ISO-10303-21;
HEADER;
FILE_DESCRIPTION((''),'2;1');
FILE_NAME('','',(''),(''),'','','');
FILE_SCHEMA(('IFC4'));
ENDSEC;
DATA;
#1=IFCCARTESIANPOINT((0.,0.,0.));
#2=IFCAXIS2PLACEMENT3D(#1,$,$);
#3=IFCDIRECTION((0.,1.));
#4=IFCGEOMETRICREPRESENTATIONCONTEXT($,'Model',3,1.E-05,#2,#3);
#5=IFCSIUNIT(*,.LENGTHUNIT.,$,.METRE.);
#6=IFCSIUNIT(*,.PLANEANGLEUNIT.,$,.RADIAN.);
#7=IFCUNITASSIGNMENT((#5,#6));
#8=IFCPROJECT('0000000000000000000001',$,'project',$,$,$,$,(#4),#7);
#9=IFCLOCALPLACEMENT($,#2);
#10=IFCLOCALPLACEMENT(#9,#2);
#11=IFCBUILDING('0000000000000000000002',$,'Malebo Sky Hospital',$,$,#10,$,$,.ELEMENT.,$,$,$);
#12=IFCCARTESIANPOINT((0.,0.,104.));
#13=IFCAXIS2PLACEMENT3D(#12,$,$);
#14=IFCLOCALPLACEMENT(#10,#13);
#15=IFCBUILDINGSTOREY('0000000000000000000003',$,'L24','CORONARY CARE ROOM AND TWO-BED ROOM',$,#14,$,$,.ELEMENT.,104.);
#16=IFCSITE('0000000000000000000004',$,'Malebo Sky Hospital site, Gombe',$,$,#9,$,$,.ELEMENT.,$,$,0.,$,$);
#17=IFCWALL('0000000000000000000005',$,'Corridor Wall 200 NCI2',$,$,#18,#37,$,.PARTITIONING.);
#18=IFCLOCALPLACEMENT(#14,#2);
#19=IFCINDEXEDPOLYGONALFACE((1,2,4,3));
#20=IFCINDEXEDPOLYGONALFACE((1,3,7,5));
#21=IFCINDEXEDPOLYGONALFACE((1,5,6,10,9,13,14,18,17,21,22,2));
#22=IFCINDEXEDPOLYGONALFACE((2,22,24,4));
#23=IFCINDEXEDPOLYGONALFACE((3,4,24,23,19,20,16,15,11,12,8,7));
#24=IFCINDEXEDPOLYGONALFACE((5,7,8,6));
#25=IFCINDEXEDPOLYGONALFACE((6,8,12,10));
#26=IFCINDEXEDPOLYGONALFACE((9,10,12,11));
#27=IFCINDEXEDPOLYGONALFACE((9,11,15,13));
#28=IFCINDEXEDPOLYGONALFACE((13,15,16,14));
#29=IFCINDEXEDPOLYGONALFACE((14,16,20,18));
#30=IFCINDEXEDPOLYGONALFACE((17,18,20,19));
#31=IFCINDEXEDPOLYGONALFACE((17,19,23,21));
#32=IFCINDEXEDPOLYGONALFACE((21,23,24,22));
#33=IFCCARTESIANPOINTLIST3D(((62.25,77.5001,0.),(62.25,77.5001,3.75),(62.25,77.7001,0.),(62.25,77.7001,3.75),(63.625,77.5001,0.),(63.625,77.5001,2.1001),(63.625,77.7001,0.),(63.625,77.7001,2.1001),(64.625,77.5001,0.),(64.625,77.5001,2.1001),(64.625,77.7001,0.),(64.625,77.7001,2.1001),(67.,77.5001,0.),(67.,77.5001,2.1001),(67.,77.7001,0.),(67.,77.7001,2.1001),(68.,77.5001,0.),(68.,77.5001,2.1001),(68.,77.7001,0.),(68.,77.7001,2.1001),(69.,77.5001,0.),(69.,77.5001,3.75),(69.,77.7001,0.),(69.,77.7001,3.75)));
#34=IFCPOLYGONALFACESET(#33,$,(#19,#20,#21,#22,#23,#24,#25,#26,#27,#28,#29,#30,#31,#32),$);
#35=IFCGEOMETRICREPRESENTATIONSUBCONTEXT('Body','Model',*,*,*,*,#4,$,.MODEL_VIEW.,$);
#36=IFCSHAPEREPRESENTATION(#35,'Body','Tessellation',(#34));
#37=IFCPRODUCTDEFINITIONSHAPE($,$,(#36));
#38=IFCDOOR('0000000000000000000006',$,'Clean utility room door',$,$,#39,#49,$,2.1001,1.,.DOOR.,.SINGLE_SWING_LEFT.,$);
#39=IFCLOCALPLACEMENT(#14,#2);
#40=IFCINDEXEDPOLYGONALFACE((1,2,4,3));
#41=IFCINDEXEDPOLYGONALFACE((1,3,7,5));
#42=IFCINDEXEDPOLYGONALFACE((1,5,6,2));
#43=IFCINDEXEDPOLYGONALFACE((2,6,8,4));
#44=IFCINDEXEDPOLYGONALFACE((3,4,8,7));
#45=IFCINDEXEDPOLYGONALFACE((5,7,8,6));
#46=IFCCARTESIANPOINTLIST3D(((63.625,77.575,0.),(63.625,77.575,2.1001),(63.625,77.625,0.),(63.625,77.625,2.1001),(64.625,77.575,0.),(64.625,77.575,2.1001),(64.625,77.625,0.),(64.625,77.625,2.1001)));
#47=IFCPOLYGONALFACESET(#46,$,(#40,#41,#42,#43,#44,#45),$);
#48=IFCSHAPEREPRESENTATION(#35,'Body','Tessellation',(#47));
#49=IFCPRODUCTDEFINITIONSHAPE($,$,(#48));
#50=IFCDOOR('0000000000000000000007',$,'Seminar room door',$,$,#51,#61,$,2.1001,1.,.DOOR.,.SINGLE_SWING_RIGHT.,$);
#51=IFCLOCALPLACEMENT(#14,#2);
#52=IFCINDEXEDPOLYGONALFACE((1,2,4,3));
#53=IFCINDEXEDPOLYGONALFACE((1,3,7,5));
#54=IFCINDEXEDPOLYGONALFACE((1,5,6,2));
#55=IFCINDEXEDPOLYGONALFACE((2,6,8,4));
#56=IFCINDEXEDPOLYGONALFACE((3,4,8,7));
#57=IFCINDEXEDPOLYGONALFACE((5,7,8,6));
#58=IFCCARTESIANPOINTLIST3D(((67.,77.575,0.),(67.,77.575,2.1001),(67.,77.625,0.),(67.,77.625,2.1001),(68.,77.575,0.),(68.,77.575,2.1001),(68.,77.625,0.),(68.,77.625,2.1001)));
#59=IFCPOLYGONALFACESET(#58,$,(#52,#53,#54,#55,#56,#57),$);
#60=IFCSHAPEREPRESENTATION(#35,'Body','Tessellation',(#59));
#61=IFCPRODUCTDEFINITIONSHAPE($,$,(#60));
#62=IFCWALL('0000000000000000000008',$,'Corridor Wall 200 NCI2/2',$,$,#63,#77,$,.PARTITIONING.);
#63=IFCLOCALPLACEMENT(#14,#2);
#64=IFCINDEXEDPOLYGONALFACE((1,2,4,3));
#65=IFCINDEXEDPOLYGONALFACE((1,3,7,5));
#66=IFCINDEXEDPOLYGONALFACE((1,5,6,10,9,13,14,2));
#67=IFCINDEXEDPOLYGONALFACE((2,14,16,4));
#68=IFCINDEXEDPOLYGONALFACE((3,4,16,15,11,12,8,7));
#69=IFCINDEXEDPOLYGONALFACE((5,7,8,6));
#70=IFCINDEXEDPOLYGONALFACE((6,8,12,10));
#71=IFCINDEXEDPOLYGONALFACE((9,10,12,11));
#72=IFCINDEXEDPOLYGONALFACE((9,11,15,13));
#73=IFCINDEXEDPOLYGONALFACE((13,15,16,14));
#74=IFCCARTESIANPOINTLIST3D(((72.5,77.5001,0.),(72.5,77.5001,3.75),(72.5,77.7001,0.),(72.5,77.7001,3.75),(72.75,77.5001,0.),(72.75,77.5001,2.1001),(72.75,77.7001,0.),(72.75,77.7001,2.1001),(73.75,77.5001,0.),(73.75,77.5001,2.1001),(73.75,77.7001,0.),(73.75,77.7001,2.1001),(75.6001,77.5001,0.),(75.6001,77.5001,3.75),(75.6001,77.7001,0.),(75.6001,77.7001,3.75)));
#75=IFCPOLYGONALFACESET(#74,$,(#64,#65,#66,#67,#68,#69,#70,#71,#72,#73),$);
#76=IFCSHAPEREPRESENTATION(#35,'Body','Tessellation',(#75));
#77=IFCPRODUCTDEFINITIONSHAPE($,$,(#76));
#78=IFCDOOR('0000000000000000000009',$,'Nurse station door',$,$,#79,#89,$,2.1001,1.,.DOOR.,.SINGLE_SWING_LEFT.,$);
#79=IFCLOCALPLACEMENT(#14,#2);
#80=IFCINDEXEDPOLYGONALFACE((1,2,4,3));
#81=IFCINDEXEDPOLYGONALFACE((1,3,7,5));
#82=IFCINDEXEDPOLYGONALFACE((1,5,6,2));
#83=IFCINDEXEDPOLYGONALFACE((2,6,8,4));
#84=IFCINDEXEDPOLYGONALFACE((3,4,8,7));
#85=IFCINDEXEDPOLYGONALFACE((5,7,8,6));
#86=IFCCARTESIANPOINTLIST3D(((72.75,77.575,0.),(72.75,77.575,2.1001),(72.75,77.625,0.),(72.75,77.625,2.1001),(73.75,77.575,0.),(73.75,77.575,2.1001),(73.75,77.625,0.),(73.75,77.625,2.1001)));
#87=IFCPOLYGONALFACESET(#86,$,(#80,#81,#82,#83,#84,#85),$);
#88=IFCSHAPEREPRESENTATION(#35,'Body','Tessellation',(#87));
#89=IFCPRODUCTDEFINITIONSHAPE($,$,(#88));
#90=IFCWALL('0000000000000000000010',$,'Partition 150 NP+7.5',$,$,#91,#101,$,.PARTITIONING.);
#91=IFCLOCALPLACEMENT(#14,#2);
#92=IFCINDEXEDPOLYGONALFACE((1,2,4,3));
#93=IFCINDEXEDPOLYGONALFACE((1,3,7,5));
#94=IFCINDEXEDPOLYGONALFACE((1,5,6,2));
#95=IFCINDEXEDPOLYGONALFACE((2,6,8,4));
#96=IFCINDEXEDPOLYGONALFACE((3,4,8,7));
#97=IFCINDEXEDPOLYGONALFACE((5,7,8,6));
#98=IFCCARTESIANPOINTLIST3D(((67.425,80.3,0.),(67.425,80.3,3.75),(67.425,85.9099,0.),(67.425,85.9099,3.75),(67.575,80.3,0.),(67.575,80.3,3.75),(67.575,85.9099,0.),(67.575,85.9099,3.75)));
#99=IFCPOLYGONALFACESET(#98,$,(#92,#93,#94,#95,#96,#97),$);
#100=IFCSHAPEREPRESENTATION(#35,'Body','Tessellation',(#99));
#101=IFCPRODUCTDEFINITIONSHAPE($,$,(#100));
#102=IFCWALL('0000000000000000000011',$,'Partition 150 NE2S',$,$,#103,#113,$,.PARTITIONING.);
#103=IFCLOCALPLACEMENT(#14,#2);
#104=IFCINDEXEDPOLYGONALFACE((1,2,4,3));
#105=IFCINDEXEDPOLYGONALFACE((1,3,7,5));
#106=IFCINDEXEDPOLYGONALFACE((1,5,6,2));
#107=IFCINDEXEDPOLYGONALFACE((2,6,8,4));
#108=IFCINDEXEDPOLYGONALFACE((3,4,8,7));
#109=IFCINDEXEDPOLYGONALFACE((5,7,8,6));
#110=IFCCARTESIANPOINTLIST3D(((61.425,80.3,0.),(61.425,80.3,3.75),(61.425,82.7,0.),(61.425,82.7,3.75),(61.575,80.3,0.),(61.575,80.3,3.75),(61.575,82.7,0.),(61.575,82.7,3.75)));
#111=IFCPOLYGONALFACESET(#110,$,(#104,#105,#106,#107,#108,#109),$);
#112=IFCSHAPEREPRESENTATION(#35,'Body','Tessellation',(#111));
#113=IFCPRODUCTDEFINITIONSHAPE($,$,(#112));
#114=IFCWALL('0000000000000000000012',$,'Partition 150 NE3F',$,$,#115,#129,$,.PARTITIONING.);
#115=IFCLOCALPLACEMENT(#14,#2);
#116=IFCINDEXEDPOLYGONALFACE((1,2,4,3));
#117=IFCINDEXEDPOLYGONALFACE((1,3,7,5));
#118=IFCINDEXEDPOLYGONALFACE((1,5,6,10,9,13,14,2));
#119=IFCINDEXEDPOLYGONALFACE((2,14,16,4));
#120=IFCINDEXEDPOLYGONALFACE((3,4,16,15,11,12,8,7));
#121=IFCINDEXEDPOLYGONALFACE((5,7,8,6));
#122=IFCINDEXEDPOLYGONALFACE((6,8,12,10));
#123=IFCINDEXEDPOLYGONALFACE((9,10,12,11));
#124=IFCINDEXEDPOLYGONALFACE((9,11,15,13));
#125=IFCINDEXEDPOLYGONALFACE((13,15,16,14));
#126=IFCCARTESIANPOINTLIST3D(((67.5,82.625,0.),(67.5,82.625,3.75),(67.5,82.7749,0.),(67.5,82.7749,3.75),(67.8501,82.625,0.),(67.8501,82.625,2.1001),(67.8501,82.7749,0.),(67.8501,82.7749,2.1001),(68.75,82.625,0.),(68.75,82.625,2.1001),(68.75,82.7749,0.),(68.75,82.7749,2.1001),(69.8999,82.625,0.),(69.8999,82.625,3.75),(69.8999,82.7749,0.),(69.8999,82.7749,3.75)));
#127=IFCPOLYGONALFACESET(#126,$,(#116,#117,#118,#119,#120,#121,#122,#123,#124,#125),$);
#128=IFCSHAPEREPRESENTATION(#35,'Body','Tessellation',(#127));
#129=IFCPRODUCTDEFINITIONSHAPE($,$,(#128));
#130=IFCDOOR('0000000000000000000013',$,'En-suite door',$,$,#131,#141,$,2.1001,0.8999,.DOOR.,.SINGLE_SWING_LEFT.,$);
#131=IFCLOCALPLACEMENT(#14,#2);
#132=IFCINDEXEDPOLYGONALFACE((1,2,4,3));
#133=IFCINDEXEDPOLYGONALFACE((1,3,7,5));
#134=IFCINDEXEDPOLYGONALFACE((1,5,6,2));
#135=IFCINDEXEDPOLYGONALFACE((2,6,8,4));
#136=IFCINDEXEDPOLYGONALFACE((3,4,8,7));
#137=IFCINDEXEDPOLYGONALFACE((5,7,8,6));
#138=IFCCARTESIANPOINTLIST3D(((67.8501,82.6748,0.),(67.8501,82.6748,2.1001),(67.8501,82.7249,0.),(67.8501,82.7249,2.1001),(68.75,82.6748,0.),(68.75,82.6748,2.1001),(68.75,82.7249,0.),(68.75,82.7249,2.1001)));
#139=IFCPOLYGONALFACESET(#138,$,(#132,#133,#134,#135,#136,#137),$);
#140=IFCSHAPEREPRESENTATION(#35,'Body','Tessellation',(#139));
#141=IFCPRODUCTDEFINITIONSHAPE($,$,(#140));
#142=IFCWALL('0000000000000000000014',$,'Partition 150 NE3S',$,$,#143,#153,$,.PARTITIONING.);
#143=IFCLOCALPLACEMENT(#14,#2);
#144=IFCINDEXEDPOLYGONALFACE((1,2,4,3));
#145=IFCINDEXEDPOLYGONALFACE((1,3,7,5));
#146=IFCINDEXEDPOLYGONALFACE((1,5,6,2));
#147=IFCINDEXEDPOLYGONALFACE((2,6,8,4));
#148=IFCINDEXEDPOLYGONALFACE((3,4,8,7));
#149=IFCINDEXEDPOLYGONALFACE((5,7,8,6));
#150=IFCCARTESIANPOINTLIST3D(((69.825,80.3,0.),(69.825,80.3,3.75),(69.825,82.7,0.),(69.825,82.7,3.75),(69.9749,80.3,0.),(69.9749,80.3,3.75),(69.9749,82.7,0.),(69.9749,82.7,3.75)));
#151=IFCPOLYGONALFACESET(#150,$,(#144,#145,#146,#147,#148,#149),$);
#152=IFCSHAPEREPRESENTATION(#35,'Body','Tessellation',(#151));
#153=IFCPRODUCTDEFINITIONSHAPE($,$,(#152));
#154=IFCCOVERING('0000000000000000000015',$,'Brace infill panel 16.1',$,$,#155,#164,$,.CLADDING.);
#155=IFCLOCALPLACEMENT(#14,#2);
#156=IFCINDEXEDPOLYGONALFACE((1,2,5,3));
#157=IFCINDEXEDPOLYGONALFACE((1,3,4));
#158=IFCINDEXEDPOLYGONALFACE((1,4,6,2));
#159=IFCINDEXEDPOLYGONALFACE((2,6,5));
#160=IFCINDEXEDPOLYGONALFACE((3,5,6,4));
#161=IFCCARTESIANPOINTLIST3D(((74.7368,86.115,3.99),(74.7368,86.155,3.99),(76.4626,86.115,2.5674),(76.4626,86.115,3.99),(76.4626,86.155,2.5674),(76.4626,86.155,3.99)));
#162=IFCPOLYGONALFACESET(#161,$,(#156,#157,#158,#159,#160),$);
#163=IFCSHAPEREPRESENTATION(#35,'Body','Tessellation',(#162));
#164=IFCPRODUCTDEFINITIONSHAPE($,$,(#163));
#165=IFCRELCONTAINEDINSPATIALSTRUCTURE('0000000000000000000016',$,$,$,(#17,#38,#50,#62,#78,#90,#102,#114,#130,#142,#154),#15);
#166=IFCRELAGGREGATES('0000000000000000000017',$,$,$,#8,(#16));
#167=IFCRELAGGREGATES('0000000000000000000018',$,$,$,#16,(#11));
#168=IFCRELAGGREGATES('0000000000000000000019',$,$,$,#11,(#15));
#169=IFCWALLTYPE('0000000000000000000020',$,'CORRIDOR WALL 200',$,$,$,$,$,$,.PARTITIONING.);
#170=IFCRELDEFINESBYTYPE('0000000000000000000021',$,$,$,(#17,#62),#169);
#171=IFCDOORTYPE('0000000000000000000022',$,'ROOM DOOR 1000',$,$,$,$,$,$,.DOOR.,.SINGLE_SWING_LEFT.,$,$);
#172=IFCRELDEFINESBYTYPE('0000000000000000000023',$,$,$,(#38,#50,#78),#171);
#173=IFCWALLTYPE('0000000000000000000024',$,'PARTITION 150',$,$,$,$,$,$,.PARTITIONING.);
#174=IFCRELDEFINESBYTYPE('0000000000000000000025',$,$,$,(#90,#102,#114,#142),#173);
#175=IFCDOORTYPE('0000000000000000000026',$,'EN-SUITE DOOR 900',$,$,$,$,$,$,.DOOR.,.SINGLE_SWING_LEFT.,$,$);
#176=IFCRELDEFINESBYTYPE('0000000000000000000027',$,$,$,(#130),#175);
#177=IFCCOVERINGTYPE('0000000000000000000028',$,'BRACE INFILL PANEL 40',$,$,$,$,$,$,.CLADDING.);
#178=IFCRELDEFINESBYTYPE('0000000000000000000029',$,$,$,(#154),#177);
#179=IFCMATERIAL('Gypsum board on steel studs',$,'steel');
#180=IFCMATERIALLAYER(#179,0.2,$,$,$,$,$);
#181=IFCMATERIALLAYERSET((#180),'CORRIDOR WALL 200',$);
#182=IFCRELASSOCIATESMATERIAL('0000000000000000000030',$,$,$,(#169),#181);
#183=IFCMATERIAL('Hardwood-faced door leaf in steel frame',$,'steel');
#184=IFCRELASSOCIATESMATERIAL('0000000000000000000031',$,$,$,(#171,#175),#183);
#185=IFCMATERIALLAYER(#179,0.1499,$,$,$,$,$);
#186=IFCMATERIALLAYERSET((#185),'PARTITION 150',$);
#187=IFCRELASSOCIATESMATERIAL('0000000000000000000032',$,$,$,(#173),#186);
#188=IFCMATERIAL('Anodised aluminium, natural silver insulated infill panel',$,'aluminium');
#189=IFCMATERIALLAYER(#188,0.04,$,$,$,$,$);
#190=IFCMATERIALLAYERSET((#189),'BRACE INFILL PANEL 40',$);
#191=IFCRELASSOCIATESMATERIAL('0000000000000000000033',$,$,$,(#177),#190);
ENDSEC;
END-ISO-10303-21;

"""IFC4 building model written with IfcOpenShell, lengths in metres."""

from ifc_helpers import new_model, si_unit, direction, frame, frame_2d, origin, place, context, subcontext, project, spatial, polyline, rectangle, outline, extrude, material, layer, layer_set, type_object, element, fill, save


model = new_model("IFC4")

# Units and contexts
model_context = context("Model", 3, precision=1e-05, world=origin(), true_north=direction((0.0, 1.0)))
body_context = subcontext(model_context, "Body", "Model", "MODEL_VIEW")
ifc_project = project(units=[si_unit("LENGTHUNIT", "METRE"), si_unit("PLANEANGLEUNIT", "RADIAN")], contexts=[model_context])

# Site, building, storey
site_placement = place(None, origin())
site = spatial("IfcSite", under=ifc_project, at=site_placement, Name="Malebo Sky Hospital site, Gombe", CompositionType="ELEMENT", RefElevation=0.0)
building_placement = place(site_placement, origin())
building = spatial("IfcBuilding", under=site, at=building_placement, Name="Malebo Sky Hospital", CompositionType="ELEMENT")
storey_placement = place(building_placement, frame((0.0, 0.0, 104.0)))
storey = spatial("IfcBuildingStorey", under=building, at=storey_placement, Name="L24", Description="CORONARY CARE ROOM AND TWO-BED ROOM", CompositionType="ELEMENT", Elevation=104.0)

# Wall, openings, doors
ifc_material_1 = material(Name="Gypsum board on steel studs", Category="steel")
ifc_layer_1 = layer(ifc_material_1, 0.2)
ifc_layer_set_1 = layer_set([ifc_layer_1], Name="CORRIDOR WALL 200")
wall_type_1 = type_object("IfcWallType", Name="CORRIDOR WALL 200", PredefinedType="PARTITIONING", material=ifc_layer_set_1)
wall_1_placement = place(storey_placement, frame((62.25, 77.6001, 0.0), z_axis=(0.0, 0.0, 1.0), x_axis=(1.0, 0.0, 0.0)))
wall_1 = element("IfcWall", 1, at=wall_1_placement, inside=storey, type_object=wall_type_1, Name="Corridor Wall 200 NCI2", PredefinedType="PARTITIONING", context=body_context, shape_type="SweptSolid", body=[
    extrude(rectangle(XDim=6.75, YDim=0.2, at=frame_2d((3.375, 0.0))), origin(), (0.0, 0.0, 1.0), 3.75),
])
opening_1_placement = place(wall_1_placement, frame((1.375, 0.0, 0.0)))
opening_1 = element("IfcOpeningElement", 2, at=opening_1_placement, cuts=wall_1, PredefinedType="OPENING", context=body_context, shape_type="SweptSolid", body=[
    extrude(rectangle(XDim=1.0, YDim=2.1001, at=frame_2d((0.5, 1.05))), frame((0.0, 0.1099, 0.0), z_axis=(0.0, -1.0, 0.0), x_axis=(1.0, 0.0, 0.0)), (0.0, 0.0, 1.0), 0.22),
])
opening_2_placement = place(wall_1_placement, frame((4.75, 0.0, 0.0)))
opening_2 = element("IfcOpeningElement", 3, at=opening_2_placement, cuts=wall_1, PredefinedType="OPENING", context=body_context, shape_type="SweptSolid", body=[
    extrude(rectangle(XDim=1.0, YDim=2.1001, at=frame_2d((0.5, 1.05))), frame((0.0, 0.1099, 0.0), z_axis=(0.0, -1.0, 0.0), x_axis=(1.0, 0.0, 0.0)), (0.0, 0.0, 1.0), 0.22),
])
ifc_material_2 = material(Name="Hardwood-faced door leaf in steel frame", Category="steel")
door_type_1 = type_object("IfcDoorType", Name="ROOM DOOR 1000", OperationType="SINGLE_SWING_LEFT", PredefinedType="DOOR", material=ifc_material_2)
door_1_placement = place(opening_1_placement, origin())
door_1 = element("IfcDoor", 4, at=door_1_placement, inside=storey, type_object=door_type_1, Name="Clean utility room door", OperationType="SINGLE_SWING_LEFT", OverallHeight=2.1001, OverallWidth=1.0, PredefinedType="DOOR", context=body_context, shape_type="SweptSolid", body=[
    extrude(rectangle(XDim=1.0, YDim=2.1001, at=frame_2d((0.5, 1.05))), frame((0.0, 0.0249, 0.0), z_axis=(0.0, -1.0, 0.0), x_axis=(1.0, 0.0, 0.0)), (0.0, 0.0, 1.0), 0.05),
])
fill(opening_1, door_1)
door_2_placement = place(opening_2_placement, origin())
door_2 = element("IfcDoor", 5, at=door_2_placement, inside=storey, type_object=door_type_1, Name="Seminar room door", OperationType="SINGLE_SWING_RIGHT", OverallHeight=2.1001, OverallWidth=1.0, PredefinedType="DOOR", context=body_context, shape_type="SweptSolid", body=[
    extrude(rectangle(XDim=1.0, YDim=2.1001, at=frame_2d((0.5, 1.05))), frame((0.0, 0.0249, 0.0), z_axis=(0.0, -1.0, 0.0), x_axis=(1.0, 0.0, 0.0)), (0.0, 0.0, 1.0), 0.05),
])
fill(opening_2, door_2)

# Wall, opening, door
wall_2_placement = place(storey_placement, frame((72.5, 77.6001, 0.0), z_axis=(0.0, 0.0, 1.0), x_axis=(1.0, 0.0, 0.0)))
wall_2 = element("IfcWall", 6, at=wall_2_placement, inside=storey, type_object=wall_type_1, Name="Corridor Wall 200 NCI2/2", PredefinedType="PARTITIONING", context=body_context, shape_type="SweptSolid", body=[
    extrude(rectangle(XDim=3.1001, YDim=0.2, at=frame_2d((1.55, 0.0))), origin(), (0.0, 0.0, 1.0), 3.75),
])
opening_3_placement = place(wall_2_placement, frame((0.25, 0.0, 0.0)))
opening_3 = element("IfcOpeningElement", 7, at=opening_3_placement, cuts=wall_2, PredefinedType="OPENING", context=body_context, shape_type="SweptSolid", body=[
    extrude(rectangle(XDim=1.0, YDim=2.1001, at=frame_2d((0.5, 1.05))), frame((0.0, 0.1099, 0.0), z_axis=(0.0, -1.0, 0.0), x_axis=(1.0, 0.0, 0.0)), (0.0, 0.0, 1.0), 0.22),
])
door_3_placement = place(opening_3_placement, origin())
door_3 = element("IfcDoor", 8, at=door_3_placement, inside=storey, type_object=door_type_1, Name="Nurse station door", OperationType="SINGLE_SWING_LEFT", OverallHeight=2.1001, OverallWidth=1.0, PredefinedType="DOOR", context=body_context, shape_type="SweptSolid", body=[
    extrude(rectangle(XDim=1.0, YDim=2.1001, at=frame_2d((0.5, 1.05))), frame((0.0, 0.0249, 0.0), z_axis=(0.0, -1.0, 0.0), x_axis=(1.0, 0.0, 0.0)), (0.0, 0.0, 1.0), 0.05),
])
fill(opening_3, door_3)

# Walls
ifc_layer_2 = layer(ifc_material_1, 0.1499)
ifc_layer_set_2 = layer_set([ifc_layer_2], Name="PARTITION 150")
wall_type_2 = type_object("IfcWallType", Name="PARTITION 150", PredefinedType="PARTITIONING", material=ifc_layer_set_2)
wall_3_placement = place(storey_placement, frame((67.5, 80.3, 0.0), z_axis=(0.0, 0.0, 1.0), x_axis=(0.0, 1.0, 0.0)))
element("IfcWall", 9, at=wall_3_placement, inside=storey, type_object=wall_type_2, Name="Partition 150 NP+7.5", PredefinedType="PARTITIONING", context=body_context, shape_type="SweptSolid", body=[
    extrude(rectangle(XDim=5.6099, YDim=0.1499, at=frame_2d((2.8049, 0.0))), origin(), (0.0, 0.0, 1.0), 3.75),
])
wall_4_placement = place(storey_placement, frame((61.5, 80.3, 0.0), z_axis=(0.0, 0.0, 1.0), x_axis=(0.0, 1.0, 0.0)))
element("IfcWall", 10, at=wall_4_placement, inside=storey, type_object=wall_type_2, Name="Partition 150 NE2S", PredefinedType="PARTITIONING", context=body_context, shape_type="SweptSolid", body=[
    extrude(rectangle(XDim=2.3999, YDim=0.1499, at=frame_2d((1.2, 0.0))), origin(), (0.0, 0.0, 1.0), 3.75),
])

# Wall, opening, door
wall_5_placement = place(storey_placement, frame((67.5, 82.7, 0.0), z_axis=(0.0, 0.0, 1.0), x_axis=(1.0, 0.0, 0.0)))
wall_5 = element("IfcWall", 11, at=wall_5_placement, inside=storey, type_object=wall_type_2, Name="Partition 150 NE3F", PredefinedType="PARTITIONING", context=body_context, shape_type="SweptSolid", body=[
    extrude(rectangle(XDim=2.3999, YDim=0.1499, at=frame_2d((1.2, 0.0))), origin(), (0.0, 0.0, 1.0), 3.75),
])
opening_4_placement = place(wall_5_placement, frame((0.3501, 0.0, 0.0)))
opening_4 = element("IfcOpeningElement", 12, at=opening_4_placement, cuts=wall_5, PredefinedType="OPENING", context=body_context, shape_type="SweptSolid", body=[
    extrude(rectangle(XDim=0.8999, YDim=2.1001, at=frame_2d((0.45, 1.05))), frame((0.0, 0.085, 0.0), z_axis=(0.0, -1.0, 0.0), x_axis=(1.0, 0.0, 0.0)), (0.0, 0.0, 1.0), 0.1699),
])
door_type_2 = type_object("IfcDoorType", Name="EN-SUITE DOOR 900", OperationType="SINGLE_SWING_LEFT", PredefinedType="DOOR", material=ifc_material_2)
door_4_placement = place(opening_4_placement, origin())
door_4 = element("IfcDoor", 13, at=door_4_placement, inside=storey, type_object=door_type_2, Name="En-suite door", OperationType="SINGLE_SWING_LEFT", OverallHeight=2.1001, OverallWidth=0.8999, PredefinedType="DOOR", context=body_context, shape_type="SweptSolid", body=[
    extrude(rectangle(XDim=0.8999, YDim=2.1001, at=frame_2d((0.45, 1.05))), frame((0.0, 0.0249, 0.0), z_axis=(0.0, -1.0, 0.0), x_axis=(1.0, 0.0, 0.0)), (0.0, 0.0, 1.0), 0.05),
])
fill(opening_4, door_4)

# Wall
wall_6_placement = place(storey_placement, frame((69.8999, 80.3, 0.0), z_axis=(0.0, 0.0, 1.0), x_axis=(0.0, 1.0, 0.0)))
element("IfcWall", 14, at=wall_6_placement, inside=storey, type_object=wall_type_2, Name="Partition 150 NE3S", PredefinedType="PARTITIONING", context=body_context, shape_type="SweptSolid", body=[
    extrude(rectangle(XDim=2.3999, YDim=0.1499, at=frame_2d((1.2, 0.0))), origin(), (0.0, 0.0, 1.0), 3.75),
])

# Covering
ifc_material_3 = material(Name="Anodised aluminium, natural silver insulated infill panel", Category="aluminium")
ifc_layer_3 = layer(ifc_material_3, 0.04)
ifc_layer_set_3 = layer_set([ifc_layer_3], Name="BRACE INFILL PANEL 40")
covering_type = type_object("IfcCoveringType", Name="BRACE INFILL PANEL 40", PredefinedType="CLADDING", material=ifc_layer_set_3)
covering_placement = place(storey_placement, frame((75.5996, 86.135, 2.5674), z_axis=(0.0, 0.0, 1.0), x_axis=(1.0, 0.0, 0.0)))
element("IfcCovering", 15, at=covering_placement, inside=storey, type_object=covering_type, Name="Brace infill panel 16.1", PredefinedType="CLADDING", context=body_context, shape_type="SweptSolid", body=[
    extrude(outline(polyline([(0.863, 0.0), (0.863, 1.4226), (-0.8628, 1.4226), (0.863, 0.0)])), frame((0.0, 0.02, 0.0), z_axis=(0.0, -1.0, 0.0), x_axis=(1.0, 0.0, 0.0)), (0.0, 0.0, 1.0), 0.04),
])

save(model, "model.ifc")
